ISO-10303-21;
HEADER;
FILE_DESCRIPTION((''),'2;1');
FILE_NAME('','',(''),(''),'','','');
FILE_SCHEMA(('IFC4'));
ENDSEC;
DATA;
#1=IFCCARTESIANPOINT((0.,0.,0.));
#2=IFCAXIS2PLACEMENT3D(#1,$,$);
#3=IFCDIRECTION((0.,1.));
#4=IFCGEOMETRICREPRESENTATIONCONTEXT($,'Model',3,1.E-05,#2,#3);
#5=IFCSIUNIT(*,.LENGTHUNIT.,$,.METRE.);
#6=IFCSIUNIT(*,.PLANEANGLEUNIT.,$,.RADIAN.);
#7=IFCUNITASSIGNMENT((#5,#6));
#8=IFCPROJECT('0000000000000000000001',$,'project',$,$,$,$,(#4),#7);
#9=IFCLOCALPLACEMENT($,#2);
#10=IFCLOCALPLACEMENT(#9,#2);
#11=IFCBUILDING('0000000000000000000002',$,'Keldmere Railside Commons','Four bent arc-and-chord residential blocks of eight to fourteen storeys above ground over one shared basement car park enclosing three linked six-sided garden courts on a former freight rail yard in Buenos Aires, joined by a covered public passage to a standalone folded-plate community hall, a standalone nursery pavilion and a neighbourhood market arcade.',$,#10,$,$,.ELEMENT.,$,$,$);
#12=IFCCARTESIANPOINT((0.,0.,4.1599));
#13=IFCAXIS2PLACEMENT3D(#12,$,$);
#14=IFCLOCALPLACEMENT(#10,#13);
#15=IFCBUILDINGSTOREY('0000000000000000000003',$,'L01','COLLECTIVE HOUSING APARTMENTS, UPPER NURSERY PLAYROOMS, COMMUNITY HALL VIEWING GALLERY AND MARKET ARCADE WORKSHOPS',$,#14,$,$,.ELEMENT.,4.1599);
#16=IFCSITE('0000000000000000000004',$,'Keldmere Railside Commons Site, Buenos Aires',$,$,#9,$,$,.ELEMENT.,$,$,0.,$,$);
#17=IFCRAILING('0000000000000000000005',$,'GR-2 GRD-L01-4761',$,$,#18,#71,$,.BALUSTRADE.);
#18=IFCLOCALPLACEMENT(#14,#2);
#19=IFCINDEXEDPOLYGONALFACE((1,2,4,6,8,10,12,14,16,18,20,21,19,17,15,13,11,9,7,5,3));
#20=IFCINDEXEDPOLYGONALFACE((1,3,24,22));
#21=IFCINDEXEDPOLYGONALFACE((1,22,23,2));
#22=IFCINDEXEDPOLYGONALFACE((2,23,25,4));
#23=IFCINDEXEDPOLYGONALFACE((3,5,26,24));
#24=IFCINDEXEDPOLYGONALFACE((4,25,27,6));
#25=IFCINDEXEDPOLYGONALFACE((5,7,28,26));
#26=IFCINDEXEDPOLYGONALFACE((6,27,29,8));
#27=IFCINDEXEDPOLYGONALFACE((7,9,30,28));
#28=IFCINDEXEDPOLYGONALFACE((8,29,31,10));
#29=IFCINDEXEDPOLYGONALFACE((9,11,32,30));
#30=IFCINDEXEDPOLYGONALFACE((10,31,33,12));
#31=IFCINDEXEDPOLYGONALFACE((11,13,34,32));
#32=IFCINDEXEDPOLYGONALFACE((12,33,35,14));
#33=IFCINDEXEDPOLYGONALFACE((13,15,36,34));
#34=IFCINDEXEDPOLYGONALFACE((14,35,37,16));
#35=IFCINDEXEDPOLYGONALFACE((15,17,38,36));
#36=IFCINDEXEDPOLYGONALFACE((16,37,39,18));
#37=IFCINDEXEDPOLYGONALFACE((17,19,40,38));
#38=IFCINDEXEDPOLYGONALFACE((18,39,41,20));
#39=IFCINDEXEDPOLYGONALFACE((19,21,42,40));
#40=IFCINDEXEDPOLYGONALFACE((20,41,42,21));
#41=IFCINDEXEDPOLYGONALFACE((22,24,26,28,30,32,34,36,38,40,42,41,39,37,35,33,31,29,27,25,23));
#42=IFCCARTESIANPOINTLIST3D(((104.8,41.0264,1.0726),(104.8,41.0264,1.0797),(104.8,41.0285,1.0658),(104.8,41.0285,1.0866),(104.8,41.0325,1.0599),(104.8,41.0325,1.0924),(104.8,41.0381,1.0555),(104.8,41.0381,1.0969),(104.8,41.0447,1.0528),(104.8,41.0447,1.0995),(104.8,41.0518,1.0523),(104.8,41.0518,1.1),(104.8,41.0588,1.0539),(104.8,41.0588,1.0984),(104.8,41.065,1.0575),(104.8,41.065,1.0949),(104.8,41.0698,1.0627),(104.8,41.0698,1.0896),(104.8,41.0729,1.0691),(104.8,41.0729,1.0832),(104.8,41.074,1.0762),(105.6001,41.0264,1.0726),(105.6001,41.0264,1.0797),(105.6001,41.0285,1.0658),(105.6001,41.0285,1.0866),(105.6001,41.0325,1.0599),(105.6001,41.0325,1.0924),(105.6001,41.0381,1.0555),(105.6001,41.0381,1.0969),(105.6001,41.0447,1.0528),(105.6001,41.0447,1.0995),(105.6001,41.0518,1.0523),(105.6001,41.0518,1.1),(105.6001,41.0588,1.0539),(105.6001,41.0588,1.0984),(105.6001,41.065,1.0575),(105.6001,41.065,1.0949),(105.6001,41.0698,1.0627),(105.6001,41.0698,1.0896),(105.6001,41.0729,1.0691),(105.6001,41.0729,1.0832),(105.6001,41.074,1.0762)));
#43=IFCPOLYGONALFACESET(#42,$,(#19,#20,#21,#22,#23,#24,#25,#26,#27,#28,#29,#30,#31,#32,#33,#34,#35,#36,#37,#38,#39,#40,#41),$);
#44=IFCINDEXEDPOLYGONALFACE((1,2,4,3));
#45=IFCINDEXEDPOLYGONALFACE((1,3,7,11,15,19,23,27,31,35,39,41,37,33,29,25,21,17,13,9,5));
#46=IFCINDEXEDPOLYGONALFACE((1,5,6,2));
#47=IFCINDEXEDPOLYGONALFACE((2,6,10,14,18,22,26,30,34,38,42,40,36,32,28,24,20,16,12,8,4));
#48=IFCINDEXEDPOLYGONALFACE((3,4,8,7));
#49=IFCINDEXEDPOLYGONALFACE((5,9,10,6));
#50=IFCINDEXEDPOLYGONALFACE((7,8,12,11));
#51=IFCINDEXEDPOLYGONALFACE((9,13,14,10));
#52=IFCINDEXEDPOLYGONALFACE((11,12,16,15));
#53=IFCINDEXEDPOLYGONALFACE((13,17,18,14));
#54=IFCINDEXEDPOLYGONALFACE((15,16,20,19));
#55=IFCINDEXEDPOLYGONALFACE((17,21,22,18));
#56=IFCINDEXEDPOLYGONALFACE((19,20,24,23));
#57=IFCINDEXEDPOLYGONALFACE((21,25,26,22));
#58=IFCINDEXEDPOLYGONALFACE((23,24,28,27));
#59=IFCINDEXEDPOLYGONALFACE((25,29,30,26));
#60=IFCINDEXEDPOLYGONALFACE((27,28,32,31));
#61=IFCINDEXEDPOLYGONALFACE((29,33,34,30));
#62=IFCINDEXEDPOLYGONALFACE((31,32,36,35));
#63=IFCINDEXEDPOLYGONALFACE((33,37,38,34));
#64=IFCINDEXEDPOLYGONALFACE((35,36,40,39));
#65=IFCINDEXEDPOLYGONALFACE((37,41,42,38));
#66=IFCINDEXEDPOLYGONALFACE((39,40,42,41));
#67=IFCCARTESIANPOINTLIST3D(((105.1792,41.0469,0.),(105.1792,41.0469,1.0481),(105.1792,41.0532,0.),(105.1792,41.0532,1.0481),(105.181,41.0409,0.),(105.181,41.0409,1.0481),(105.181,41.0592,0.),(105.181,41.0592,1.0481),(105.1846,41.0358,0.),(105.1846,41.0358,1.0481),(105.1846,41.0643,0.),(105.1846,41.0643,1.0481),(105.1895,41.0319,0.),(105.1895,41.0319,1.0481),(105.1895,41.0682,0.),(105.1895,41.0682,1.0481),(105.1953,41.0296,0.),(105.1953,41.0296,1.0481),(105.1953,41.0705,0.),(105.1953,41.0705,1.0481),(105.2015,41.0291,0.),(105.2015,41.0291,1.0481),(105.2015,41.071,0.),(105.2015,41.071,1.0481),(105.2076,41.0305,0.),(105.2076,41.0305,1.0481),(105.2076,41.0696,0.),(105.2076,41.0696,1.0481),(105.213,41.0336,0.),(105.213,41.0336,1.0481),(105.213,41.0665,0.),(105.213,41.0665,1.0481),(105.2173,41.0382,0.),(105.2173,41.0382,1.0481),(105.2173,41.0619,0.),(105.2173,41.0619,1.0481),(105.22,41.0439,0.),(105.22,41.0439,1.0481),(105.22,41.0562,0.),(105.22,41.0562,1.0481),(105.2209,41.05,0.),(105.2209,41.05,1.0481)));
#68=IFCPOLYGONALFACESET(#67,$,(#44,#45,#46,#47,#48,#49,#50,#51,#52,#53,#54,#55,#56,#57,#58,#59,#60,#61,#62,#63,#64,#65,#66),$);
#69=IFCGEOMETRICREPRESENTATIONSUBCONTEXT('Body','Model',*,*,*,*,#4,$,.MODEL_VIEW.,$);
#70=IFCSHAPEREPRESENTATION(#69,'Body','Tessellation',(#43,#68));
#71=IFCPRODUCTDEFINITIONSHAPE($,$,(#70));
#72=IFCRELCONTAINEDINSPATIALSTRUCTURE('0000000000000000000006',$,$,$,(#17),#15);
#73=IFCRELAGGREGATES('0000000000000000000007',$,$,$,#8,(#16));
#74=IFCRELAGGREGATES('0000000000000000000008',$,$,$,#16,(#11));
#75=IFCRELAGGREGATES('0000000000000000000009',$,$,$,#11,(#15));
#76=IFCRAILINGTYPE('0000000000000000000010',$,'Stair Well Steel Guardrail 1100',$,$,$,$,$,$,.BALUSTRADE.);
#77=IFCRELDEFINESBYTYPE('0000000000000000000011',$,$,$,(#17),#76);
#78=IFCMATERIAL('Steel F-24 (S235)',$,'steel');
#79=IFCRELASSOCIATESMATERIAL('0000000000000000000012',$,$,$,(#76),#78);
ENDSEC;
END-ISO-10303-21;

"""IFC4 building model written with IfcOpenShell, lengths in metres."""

from ifc_helpers import new_model, si_unit, direction, frame, origin, origin_2d, place, context, subcontext, project, spatial, circle, extrude, material, type_object, element, save


model = new_model("IFC4")

# Units and contexts
model_context = context("Model", 3, precision=1e-05, world=origin(), true_north=direction((0.0, 1.0)))
body_context = subcontext(model_context, "Body", "Model", "MODEL_VIEW")
ifc_project = project(units=[si_unit("LENGTHUNIT", "METRE"), si_unit("PLANEANGLEUNIT", "RADIAN")], contexts=[model_context])

# Site, building, storey
site_placement = place(None, origin())
site = spatial("IfcSite", under=ifc_project, at=site_placement, Name="Keldmere Railside Commons Site, Buenos Aires", CompositionType="ELEMENT", RefElevation=0.0)
building_placement = place(site_placement, origin())
building = spatial("IfcBuilding", under=site, at=building_placement, Name="Keldmere Railside Commons", Description="Four bent arc-and-chord residential blocks of eight to fourteen storeys above ground over one shared basement car park enclosing three linked six-sided garden courts on a former freight rail yard in Buenos Aires, joined by a covered public passage to a standalone folded-plate community hall, a standalone nursery pavilion and a neighbourhood market arcade.", CompositionType="ELEMENT")
storey_placement = place(building_placement, frame((0.0, 0.0, 4.1599)))
storey = spatial("IfcBuildingStorey", under=building, at=storey_placement, Name="L01", Description="COLLECTIVE HOUSING APARTMENTS, UPPER NURSERY PLAYROOMS, COMMUNITY HALL VIEWING GALLERY AND MARKET ARCADE WORKSHOPS", CompositionType="ELEMENT", Elevation=4.1599)

# Railing
ifc_material_1 = material(Name="Steel F-24 (S235)", Category="steel")
railing_type = type_object("IfcRailingType", Name="Stair Well Steel Guardrail 1100", PredefinedType="BALUSTRADE", material=ifc_material_1)
railing_1_placement = place(storey_placement, frame((104.8, 41.05, 0.0)))
element("IfcRailing", 1, at=railing_1_placement, inside=storey, type_object=railing_type, Name="GR-2 GRD-L01-4761", PredefinedType="BALUSTRADE", context=body_context, shape_type="SweptSolid", body=[
    extrude(circle(Radius=0.0239, at=origin_2d()), frame((0.0, 0.0, 1.0762), z_axis=(1.0, 0.0, 0.0), x_axis=(0.0, 1.0, 0.0)), (0.0, 0.0, 1.0), 0.8),
    extrude(circle(Radius=0.021, at=origin_2d()), frame((0.3999, 0.0, 0.0)), (0.0, 0.0, 1.0), 1.0481),
])

save(model, "model.ifc")
